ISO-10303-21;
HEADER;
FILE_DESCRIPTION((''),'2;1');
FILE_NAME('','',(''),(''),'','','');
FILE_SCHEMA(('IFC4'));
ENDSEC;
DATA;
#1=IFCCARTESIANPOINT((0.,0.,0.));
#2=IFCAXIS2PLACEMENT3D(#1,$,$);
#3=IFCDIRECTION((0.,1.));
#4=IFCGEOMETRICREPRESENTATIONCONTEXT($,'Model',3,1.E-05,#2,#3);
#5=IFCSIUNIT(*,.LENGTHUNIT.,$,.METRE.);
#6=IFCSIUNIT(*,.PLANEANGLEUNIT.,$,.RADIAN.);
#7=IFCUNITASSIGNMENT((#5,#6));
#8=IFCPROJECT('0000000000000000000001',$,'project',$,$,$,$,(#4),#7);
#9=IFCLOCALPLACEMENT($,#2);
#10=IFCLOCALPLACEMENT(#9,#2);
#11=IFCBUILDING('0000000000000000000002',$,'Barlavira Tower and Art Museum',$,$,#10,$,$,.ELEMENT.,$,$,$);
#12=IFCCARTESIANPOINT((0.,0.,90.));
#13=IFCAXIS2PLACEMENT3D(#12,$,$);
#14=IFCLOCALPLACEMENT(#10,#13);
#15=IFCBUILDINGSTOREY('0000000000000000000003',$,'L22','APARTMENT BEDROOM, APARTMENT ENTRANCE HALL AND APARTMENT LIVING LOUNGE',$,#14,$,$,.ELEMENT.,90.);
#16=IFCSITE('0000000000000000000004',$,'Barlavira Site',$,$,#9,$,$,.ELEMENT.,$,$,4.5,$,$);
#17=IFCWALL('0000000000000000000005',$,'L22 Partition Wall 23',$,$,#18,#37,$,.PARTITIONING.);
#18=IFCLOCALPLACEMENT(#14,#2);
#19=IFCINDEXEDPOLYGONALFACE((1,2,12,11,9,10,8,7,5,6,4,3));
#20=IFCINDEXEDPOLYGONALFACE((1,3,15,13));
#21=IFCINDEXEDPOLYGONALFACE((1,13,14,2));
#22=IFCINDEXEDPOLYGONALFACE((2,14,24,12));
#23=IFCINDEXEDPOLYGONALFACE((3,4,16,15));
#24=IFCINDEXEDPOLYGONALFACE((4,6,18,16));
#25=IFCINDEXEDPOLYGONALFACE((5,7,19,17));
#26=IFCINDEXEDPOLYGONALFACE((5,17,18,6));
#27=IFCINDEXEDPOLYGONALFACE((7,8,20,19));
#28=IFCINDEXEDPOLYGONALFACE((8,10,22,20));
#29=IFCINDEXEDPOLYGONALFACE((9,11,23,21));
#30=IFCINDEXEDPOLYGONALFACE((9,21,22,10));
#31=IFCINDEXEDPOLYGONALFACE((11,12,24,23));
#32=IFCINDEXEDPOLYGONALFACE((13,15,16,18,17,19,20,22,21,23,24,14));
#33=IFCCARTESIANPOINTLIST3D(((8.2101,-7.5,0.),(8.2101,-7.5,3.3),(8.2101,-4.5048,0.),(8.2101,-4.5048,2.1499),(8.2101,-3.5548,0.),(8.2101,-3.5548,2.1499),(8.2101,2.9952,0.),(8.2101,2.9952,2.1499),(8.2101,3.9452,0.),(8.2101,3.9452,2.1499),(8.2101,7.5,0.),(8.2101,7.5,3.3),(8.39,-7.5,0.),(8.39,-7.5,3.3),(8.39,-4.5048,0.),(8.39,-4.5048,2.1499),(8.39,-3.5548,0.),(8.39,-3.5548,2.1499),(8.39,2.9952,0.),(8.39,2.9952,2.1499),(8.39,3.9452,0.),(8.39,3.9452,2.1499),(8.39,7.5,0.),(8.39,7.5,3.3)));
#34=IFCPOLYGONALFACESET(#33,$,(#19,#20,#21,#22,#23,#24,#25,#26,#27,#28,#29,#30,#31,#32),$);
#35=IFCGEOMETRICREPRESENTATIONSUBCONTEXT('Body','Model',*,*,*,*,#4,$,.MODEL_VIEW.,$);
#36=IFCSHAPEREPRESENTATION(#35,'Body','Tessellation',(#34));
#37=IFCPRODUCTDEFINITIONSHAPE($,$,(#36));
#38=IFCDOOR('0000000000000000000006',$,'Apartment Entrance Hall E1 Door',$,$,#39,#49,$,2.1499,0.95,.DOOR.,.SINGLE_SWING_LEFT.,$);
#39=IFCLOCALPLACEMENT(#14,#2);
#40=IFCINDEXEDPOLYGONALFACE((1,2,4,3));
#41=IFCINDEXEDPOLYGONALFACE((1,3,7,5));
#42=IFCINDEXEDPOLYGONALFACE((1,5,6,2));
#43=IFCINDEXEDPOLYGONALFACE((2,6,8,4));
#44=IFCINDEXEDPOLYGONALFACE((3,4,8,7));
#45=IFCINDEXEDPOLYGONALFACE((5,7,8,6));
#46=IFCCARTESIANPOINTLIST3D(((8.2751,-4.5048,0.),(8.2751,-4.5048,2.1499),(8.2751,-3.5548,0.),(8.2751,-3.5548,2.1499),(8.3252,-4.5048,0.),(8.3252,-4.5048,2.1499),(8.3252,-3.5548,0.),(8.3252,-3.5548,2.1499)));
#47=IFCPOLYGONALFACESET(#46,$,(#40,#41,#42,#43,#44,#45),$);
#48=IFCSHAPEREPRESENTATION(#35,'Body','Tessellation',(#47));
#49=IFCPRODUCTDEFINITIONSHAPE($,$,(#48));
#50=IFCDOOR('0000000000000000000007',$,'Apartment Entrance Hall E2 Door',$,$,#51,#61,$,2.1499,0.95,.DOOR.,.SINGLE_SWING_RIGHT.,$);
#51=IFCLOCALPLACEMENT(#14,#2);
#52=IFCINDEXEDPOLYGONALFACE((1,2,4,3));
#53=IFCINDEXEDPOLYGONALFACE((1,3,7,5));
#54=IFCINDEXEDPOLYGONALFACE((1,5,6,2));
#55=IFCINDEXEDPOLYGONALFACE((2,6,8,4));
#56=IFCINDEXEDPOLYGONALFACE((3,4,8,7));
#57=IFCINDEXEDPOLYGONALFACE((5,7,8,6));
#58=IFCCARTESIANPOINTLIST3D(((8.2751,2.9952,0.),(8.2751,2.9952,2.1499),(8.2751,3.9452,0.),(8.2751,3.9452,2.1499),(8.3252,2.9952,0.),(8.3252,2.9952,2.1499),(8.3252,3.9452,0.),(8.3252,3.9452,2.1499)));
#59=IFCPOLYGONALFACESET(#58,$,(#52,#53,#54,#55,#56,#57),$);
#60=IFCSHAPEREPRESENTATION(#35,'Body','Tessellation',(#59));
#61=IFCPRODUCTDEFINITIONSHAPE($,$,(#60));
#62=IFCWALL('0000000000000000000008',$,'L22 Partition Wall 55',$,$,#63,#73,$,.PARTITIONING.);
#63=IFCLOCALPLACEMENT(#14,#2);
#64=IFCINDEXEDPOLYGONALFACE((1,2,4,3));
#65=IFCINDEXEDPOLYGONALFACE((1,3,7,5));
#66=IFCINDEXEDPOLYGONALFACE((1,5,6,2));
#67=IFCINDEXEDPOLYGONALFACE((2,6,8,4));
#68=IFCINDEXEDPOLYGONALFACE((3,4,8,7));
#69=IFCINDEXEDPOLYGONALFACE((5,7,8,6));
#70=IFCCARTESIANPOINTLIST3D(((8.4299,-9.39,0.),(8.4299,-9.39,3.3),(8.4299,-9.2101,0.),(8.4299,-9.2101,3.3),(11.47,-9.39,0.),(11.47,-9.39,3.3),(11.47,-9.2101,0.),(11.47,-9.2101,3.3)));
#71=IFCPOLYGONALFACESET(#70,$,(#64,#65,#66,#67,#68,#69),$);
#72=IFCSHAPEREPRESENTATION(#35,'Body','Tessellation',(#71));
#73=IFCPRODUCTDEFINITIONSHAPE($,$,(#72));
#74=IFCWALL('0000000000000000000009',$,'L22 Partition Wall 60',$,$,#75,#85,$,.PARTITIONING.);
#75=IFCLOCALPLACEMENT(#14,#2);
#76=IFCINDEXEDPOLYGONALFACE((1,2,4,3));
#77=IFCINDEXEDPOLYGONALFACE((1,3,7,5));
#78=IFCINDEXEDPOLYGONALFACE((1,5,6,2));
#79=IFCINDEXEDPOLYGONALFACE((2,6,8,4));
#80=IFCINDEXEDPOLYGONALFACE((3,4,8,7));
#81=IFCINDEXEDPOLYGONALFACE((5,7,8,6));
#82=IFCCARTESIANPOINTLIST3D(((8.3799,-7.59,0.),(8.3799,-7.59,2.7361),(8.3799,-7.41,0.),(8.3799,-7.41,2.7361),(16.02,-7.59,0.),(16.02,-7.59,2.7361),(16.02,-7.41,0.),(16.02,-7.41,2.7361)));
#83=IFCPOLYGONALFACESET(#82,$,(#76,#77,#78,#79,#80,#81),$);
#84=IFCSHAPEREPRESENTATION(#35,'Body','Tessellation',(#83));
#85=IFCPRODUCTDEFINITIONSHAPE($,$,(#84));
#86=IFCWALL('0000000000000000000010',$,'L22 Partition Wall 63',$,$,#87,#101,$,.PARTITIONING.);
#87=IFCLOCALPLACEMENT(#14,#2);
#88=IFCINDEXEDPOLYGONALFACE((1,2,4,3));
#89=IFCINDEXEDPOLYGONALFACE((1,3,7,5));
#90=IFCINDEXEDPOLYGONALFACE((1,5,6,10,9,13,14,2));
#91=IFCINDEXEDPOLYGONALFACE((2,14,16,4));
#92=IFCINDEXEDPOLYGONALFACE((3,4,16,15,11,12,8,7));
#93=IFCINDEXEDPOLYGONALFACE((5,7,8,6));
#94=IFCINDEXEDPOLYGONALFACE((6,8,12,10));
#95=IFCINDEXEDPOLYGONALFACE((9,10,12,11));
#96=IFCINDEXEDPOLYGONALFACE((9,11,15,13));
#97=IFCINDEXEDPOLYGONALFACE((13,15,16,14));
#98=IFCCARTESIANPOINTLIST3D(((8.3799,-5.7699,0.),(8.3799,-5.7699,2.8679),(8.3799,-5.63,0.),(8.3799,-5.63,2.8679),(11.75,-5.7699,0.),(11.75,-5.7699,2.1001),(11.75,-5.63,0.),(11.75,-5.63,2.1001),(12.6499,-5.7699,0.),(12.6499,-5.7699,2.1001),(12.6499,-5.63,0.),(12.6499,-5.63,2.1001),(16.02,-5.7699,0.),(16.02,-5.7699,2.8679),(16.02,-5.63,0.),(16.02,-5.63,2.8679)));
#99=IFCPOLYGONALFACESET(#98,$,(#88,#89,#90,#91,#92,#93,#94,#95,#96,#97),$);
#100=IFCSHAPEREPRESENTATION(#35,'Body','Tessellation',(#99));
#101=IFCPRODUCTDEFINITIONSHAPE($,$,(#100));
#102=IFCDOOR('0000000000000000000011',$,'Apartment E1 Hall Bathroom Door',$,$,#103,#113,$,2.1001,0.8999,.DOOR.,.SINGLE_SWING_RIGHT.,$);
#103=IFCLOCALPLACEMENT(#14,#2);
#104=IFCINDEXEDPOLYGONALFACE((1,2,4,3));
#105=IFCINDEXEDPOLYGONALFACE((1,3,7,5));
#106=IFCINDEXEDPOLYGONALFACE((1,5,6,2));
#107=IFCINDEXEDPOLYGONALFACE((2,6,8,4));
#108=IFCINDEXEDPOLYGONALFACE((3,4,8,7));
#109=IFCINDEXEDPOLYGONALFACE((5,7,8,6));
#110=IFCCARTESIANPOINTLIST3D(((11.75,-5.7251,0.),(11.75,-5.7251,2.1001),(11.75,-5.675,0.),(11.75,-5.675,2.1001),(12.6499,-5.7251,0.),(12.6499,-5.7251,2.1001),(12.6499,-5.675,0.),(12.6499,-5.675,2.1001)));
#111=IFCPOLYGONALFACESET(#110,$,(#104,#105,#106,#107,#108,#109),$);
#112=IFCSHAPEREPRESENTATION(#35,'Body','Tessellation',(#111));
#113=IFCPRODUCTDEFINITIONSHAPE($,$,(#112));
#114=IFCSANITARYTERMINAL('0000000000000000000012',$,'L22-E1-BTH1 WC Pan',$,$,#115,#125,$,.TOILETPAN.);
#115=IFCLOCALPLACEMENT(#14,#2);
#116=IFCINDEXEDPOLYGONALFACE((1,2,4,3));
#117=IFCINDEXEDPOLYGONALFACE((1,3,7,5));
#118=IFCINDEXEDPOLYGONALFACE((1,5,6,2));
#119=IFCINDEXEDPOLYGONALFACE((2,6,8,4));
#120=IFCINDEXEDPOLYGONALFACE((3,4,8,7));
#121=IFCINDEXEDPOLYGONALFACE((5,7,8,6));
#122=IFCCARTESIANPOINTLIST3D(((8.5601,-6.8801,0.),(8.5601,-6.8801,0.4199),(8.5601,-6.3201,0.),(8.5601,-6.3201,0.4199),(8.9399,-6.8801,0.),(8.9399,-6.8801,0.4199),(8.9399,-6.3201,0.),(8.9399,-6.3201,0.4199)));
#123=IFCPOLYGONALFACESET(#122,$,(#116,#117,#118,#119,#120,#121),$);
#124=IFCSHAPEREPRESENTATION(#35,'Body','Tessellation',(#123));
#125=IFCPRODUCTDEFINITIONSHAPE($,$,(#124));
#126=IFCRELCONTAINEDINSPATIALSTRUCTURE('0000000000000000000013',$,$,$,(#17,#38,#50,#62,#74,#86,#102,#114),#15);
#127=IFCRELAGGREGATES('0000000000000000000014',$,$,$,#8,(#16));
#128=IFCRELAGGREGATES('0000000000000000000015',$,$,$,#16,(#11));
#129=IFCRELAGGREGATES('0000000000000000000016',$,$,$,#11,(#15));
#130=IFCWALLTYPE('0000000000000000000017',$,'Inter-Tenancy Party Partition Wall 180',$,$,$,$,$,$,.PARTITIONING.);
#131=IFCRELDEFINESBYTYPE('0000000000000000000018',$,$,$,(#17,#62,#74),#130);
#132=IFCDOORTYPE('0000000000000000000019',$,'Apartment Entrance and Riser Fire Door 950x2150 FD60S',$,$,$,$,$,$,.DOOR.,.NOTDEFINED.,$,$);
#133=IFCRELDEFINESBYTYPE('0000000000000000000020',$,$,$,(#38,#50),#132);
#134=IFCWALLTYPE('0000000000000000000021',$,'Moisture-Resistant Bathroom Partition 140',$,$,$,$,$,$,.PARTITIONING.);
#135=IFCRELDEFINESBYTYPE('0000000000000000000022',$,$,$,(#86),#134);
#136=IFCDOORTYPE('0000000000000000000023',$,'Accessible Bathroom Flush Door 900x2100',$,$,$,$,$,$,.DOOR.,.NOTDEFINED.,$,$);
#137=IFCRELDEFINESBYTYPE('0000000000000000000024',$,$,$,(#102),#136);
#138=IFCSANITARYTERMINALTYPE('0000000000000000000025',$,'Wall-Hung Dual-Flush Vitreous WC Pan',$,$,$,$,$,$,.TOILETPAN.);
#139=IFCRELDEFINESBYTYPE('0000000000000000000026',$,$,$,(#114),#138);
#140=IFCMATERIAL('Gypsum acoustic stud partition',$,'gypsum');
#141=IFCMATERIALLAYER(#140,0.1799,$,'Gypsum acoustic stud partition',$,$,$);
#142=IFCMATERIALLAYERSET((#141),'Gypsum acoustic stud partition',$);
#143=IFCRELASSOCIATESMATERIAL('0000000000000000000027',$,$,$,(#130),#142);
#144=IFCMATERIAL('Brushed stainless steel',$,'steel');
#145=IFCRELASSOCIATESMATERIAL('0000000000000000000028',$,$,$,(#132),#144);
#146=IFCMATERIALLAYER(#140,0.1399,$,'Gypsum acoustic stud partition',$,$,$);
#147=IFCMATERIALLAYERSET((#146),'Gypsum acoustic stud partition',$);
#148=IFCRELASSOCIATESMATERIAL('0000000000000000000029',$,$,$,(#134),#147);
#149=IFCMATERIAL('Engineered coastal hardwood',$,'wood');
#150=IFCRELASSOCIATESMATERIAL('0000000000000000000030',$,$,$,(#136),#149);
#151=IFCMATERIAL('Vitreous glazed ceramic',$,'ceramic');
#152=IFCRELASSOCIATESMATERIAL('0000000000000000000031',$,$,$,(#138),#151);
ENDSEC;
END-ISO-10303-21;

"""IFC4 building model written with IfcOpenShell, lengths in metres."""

from ifc_helpers import new_model, si_unit, direction, frame, frame_2d, origin, origin_2d, place, context, subcontext, project, spatial, rectangle, extrude, material, layer, layer_set, type_object, element, fill, save


model = new_model("IFC4")

# Units and contexts
model_context = context("Model", 3, precision=1e-05, world=origin(), true_north=direction((0.0, 1.0)))
body_context = subcontext(model_context, "Body", "Model", "MODEL_VIEW")
ifc_project = project(units=[si_unit("LENGTHUNIT", "METRE"), si_unit("PLANEANGLEUNIT", "RADIAN")], contexts=[model_context])

# Site, building, storey
site_placement = place(None, origin())
site = spatial("IfcSite", under=ifc_project, at=site_placement, Name="Barlavira Site", CompositionType="ELEMENT", RefElevation=4.5)
building_placement = place(site_placement, origin())
building = spatial("IfcBuilding", under=site, at=building_placement, Name="Barlavira Tower and Art Museum", CompositionType="ELEMENT")
storey_placement = place(building_placement, frame((0.0, 0.0, 90.0)))
storey = spatial("IfcBuildingStorey", under=building, at=storey_placement, Name="L22", Description="APARTMENT BEDROOM, APARTMENT ENTRANCE HALL AND APARTMENT LIVING LOUNGE", CompositionType="ELEMENT", Elevation=90.0)

# Shared definitions
ifc_material_1 = material(Name="Gypsum acoustic stud partition", Category="gypsum")
ifc_material_2 = material(Name="Engineered coastal hardwood", Category="wood")
ifc_material_3 = material(Name="Brushed stainless steel", Category="steel")

# Wall, openings, doors
ifc_layer_1 = layer(ifc_material_1, 0.1799, Name="Gypsum acoustic stud partition")
ifc_layer_set_1 = layer_set([ifc_layer_1], Name="Gypsum acoustic stud partition")
wall_type_1 = type_object("IfcWallType", Name="Inter-Tenancy Party Partition Wall 180", PredefinedType="PARTITIONING", material=ifc_layer_set_1)
wall_1_placement = place(storey_placement, frame((8.3, -7.5, 0.0), z_axis=(0.0, 0.0, 1.0), x_axis=(0.0, 1.0, 0.0)))
wall_1 = element("IfcWall", 1, at=wall_1_placement, inside=storey, type_object=wall_type_1, Name="L22 Partition Wall 23", PredefinedType="PARTITIONING", context=body_context, shape_type="SweptSolid", body=[
    extrude(rectangle(XDim=15.0, YDim=0.1799, at=frame_2d((7.5, 0.0))), origin(), (0.0, 0.0, 1.0), 3.3),
])
opening_1_placement = place(wall_1_placement, frame((2.9951, 0.0, 0.0)))
opening_1 = element("IfcOpeningElement", 2, at=opening_1_placement, cuts=wall_1, PredefinedType="OPENING", context=body_context, shape_type="SweptSolid", body=[
    extrude(rectangle(XDim=0.95, YDim=2.1499, at=frame_2d((0.4751, 1.075))), frame((0.0, 0.1001, 0.0), z_axis=(0.0, -1.0, 0.0), x_axis=(1.0, 0.0, 0.0)), (0.0, 0.0, 1.0), 0.2),
])
opening_2_placement = place(wall_1_placement, frame((10.4951, 0.0, 0.0)))
opening_2 = element("IfcOpeningElement", 3, at=opening_2_placement, cuts=wall_1, PredefinedType="OPENING", context=body_context, shape_type="SweptSolid", body=[
    extrude(rectangle(XDim=0.95, YDim=2.1499, at=frame_2d((0.4751, 1.075))), frame((0.0, 0.1001, 0.0), z_axis=(0.0, -1.0, 0.0), x_axis=(1.0, 0.0, 0.0)), (0.0, 0.0, 1.0), 0.2),
])
door_type_1 = type_object("IfcDoorType", Name="Apartment Entrance and Riser Fire Door 950x2150 FD60S", OperationType="NOTDEFINED", PredefinedType="DOOR", material=ifc_material_3)
door_1_placement = place(opening_1_placement, origin())
door_1 = element("IfcDoor", 4, at=door_1_placement, inside=storey, type_object=door_type_1, Name="Apartment Entrance Hall E1 Door", OperationType="SINGLE_SWING_LEFT", OverallHeight=2.1499, OverallWidth=0.95, PredefinedType="DOOR", context=body_context, shape_type="SweptSolid", body=[
    extrude(rectangle(XDim=0.95, YDim=2.1499, at=frame_2d((0.4751, 1.075))), frame((0.0, 0.0249, 0.0), z_axis=(0.0, -1.0, 0.0), x_axis=(1.0, 0.0, 0.0)), (0.0, 0.0, 1.0), 0.05),
])
fill(opening_1, door_1)
door_2_placement = place(opening_2_placement, origin())
door_2 = element("IfcDoor", 5, at=door_2_placement, inside=storey, type_object=door_type_1, Name="Apartment Entrance Hall E2 Door", OperationType="SINGLE_SWING_RIGHT", OverallHeight=2.1499, OverallWidth=0.95, PredefinedType="DOOR", context=body_context, shape_type="SweptSolid", body=[
    extrude(rectangle(XDim=0.95, YDim=2.1499, at=frame_2d((0.4751, 1.075))), frame((0.0, 0.0249, 0.0), z_axis=(0.0, -1.0, 0.0), x_axis=(1.0, 0.0, 0.0)), (0.0, 0.0, 1.0), 0.05),
])
fill(opening_2, door_2)

# Walls
wall_2_placement = place(storey_placement, frame((8.4299, -9.3, 0.0), z_axis=(0.0, 0.0, 1.0), x_axis=(1.0, 0.0, 0.0)))
element("IfcWall", 6, at=wall_2_placement, inside=storey, type_object=wall_type_1, Name="L22 Partition Wall 55", PredefinedType="PARTITIONING", context=body_context, shape_type="SweptSolid", body=[
    extrude(rectangle(XDim=3.04, YDim=0.1799, at=frame_2d((1.52, 0.0))), origin(), (0.0, 0.0, 1.0), 3.3),
])
wall_3_placement = place(storey_placement, frame((8.3799, -7.5, 0.0), z_axis=(0.0, 0.0, 1.0), x_axis=(1.0, 0.0, 0.0)))
element("IfcWall", 7, at=wall_3_placement, inside=storey, type_object=wall_type_1, Name="L22 Partition Wall 60", PredefinedType="PARTITIONING", context=body_context, shape_type="SweptSolid", body=[
    extrude(rectangle(XDim=7.6401, YDim=0.1799, at=frame_2d((3.8201, 0.0))), origin(), (0.0, 0.0, 1.0), 2.7361),
])

# Wall, opening, door
ifc_layer_2 = layer(ifc_material_1, 0.1399, Name="Gypsum acoustic stud partition")
ifc_layer_set_2 = layer_set([ifc_layer_2], Name="Gypsum acoustic stud partition")
wall_type_2 = type_object("IfcWallType", Name="Moisture-Resistant Bathroom Partition 140", PredefinedType="PARTITIONING", material=ifc_layer_set_2)
wall_4_placement = place(storey_placement, frame((8.3799, -5.7, 0.0), z_axis=(0.0, 0.0, 1.0), x_axis=(1.0, 0.0, 0.0)))
wall_4 = element("IfcWall", 8, at=wall_4_placement, inside=storey, type_object=wall_type_2, Name="L22 Partition Wall 63", PredefinedType="PARTITIONING", context=body_context, shape_type="SweptSolid", body=[
    extrude(rectangle(XDim=7.6401, YDim=0.1399, at=frame_2d((3.8201, 0.0))), origin(), (0.0, 0.0, 1.0), 2.8679),
])
opening_3_placement = place(wall_4_placement, frame((3.3701, 0.0, 0.0)))
opening_3 = element("IfcOpeningElement", 9, at=opening_3_placement, cuts=wall_4, PredefinedType="OPENING", context=body_context, shape_type="SweptSolid", body=[
    extrude(rectangle(XDim=0.8999, YDim=2.1001, at=frame_2d((0.45, 1.05))), frame((0.0, 0.0801, 0.0), z_axis=(0.0, -1.0, 0.0), x_axis=(1.0, 0.0, 0.0)), (0.0, 0.0, 1.0), 0.1599),
])
door_type_2 = type_object("IfcDoorType", Name="Accessible Bathroom Flush Door 900x2100", OperationType="NOTDEFINED", PredefinedType="DOOR", material=ifc_material_2)
door_3_placement = place(opening_3_placement, origin())
door_3 = element("IfcDoor", 10, at=door_3_placement, inside=storey, type_object=door_type_2, Name="Apartment E1 Hall Bathroom Door", OperationType="SINGLE_SWING_RIGHT", OverallHeight=2.1001, OverallWidth=0.8999, PredefinedType="DOOR", context=body_context, shape_type="SweptSolid", body=[
    extrude(rectangle(XDim=0.8999, YDim=2.1001, at=frame_2d((0.45, 1.05))), frame((0.0, 0.0249, 0.0), z_axis=(0.0, -1.0, 0.0), x_axis=(1.0, 0.0, 0.0)), (0.0, 0.0, 1.0), 0.05),
])
fill(opening_3, door_3)

# Sanitary terminal
ifc_material_4 = material(Name="Vitreous glazed ceramic", Category="ceramic")
sanitary_terminal_type = type_object("IfcSanitaryTerminalType", Name="Wall-Hung Dual-Flush Vitreous WC Pan", PredefinedType="TOILETPAN", material=ifc_material_4)
sanitary_terminal_placement = place(storey_placement, frame((8.75, -6.6001, 0.0), z_axis=(0.0, 0.0, 1.0), x_axis=(1.0, 0.0, 0.0)))
element("IfcSanitaryTerminal", 11, at=sanitary_terminal_placement, inside=storey, type_object=sanitary_terminal_type, Name="L22-E1-BTH1 WC Pan", PredefinedType="TOILETPAN", context=body_context, shape_type="SweptSolid", body=[
    extrude(rectangle(XDim=0.3799, YDim=0.5601, at=origin_2d()), origin(), (0.0, 0.0, 1.0), 0.4199),
])

save(model, "model.ifc")
